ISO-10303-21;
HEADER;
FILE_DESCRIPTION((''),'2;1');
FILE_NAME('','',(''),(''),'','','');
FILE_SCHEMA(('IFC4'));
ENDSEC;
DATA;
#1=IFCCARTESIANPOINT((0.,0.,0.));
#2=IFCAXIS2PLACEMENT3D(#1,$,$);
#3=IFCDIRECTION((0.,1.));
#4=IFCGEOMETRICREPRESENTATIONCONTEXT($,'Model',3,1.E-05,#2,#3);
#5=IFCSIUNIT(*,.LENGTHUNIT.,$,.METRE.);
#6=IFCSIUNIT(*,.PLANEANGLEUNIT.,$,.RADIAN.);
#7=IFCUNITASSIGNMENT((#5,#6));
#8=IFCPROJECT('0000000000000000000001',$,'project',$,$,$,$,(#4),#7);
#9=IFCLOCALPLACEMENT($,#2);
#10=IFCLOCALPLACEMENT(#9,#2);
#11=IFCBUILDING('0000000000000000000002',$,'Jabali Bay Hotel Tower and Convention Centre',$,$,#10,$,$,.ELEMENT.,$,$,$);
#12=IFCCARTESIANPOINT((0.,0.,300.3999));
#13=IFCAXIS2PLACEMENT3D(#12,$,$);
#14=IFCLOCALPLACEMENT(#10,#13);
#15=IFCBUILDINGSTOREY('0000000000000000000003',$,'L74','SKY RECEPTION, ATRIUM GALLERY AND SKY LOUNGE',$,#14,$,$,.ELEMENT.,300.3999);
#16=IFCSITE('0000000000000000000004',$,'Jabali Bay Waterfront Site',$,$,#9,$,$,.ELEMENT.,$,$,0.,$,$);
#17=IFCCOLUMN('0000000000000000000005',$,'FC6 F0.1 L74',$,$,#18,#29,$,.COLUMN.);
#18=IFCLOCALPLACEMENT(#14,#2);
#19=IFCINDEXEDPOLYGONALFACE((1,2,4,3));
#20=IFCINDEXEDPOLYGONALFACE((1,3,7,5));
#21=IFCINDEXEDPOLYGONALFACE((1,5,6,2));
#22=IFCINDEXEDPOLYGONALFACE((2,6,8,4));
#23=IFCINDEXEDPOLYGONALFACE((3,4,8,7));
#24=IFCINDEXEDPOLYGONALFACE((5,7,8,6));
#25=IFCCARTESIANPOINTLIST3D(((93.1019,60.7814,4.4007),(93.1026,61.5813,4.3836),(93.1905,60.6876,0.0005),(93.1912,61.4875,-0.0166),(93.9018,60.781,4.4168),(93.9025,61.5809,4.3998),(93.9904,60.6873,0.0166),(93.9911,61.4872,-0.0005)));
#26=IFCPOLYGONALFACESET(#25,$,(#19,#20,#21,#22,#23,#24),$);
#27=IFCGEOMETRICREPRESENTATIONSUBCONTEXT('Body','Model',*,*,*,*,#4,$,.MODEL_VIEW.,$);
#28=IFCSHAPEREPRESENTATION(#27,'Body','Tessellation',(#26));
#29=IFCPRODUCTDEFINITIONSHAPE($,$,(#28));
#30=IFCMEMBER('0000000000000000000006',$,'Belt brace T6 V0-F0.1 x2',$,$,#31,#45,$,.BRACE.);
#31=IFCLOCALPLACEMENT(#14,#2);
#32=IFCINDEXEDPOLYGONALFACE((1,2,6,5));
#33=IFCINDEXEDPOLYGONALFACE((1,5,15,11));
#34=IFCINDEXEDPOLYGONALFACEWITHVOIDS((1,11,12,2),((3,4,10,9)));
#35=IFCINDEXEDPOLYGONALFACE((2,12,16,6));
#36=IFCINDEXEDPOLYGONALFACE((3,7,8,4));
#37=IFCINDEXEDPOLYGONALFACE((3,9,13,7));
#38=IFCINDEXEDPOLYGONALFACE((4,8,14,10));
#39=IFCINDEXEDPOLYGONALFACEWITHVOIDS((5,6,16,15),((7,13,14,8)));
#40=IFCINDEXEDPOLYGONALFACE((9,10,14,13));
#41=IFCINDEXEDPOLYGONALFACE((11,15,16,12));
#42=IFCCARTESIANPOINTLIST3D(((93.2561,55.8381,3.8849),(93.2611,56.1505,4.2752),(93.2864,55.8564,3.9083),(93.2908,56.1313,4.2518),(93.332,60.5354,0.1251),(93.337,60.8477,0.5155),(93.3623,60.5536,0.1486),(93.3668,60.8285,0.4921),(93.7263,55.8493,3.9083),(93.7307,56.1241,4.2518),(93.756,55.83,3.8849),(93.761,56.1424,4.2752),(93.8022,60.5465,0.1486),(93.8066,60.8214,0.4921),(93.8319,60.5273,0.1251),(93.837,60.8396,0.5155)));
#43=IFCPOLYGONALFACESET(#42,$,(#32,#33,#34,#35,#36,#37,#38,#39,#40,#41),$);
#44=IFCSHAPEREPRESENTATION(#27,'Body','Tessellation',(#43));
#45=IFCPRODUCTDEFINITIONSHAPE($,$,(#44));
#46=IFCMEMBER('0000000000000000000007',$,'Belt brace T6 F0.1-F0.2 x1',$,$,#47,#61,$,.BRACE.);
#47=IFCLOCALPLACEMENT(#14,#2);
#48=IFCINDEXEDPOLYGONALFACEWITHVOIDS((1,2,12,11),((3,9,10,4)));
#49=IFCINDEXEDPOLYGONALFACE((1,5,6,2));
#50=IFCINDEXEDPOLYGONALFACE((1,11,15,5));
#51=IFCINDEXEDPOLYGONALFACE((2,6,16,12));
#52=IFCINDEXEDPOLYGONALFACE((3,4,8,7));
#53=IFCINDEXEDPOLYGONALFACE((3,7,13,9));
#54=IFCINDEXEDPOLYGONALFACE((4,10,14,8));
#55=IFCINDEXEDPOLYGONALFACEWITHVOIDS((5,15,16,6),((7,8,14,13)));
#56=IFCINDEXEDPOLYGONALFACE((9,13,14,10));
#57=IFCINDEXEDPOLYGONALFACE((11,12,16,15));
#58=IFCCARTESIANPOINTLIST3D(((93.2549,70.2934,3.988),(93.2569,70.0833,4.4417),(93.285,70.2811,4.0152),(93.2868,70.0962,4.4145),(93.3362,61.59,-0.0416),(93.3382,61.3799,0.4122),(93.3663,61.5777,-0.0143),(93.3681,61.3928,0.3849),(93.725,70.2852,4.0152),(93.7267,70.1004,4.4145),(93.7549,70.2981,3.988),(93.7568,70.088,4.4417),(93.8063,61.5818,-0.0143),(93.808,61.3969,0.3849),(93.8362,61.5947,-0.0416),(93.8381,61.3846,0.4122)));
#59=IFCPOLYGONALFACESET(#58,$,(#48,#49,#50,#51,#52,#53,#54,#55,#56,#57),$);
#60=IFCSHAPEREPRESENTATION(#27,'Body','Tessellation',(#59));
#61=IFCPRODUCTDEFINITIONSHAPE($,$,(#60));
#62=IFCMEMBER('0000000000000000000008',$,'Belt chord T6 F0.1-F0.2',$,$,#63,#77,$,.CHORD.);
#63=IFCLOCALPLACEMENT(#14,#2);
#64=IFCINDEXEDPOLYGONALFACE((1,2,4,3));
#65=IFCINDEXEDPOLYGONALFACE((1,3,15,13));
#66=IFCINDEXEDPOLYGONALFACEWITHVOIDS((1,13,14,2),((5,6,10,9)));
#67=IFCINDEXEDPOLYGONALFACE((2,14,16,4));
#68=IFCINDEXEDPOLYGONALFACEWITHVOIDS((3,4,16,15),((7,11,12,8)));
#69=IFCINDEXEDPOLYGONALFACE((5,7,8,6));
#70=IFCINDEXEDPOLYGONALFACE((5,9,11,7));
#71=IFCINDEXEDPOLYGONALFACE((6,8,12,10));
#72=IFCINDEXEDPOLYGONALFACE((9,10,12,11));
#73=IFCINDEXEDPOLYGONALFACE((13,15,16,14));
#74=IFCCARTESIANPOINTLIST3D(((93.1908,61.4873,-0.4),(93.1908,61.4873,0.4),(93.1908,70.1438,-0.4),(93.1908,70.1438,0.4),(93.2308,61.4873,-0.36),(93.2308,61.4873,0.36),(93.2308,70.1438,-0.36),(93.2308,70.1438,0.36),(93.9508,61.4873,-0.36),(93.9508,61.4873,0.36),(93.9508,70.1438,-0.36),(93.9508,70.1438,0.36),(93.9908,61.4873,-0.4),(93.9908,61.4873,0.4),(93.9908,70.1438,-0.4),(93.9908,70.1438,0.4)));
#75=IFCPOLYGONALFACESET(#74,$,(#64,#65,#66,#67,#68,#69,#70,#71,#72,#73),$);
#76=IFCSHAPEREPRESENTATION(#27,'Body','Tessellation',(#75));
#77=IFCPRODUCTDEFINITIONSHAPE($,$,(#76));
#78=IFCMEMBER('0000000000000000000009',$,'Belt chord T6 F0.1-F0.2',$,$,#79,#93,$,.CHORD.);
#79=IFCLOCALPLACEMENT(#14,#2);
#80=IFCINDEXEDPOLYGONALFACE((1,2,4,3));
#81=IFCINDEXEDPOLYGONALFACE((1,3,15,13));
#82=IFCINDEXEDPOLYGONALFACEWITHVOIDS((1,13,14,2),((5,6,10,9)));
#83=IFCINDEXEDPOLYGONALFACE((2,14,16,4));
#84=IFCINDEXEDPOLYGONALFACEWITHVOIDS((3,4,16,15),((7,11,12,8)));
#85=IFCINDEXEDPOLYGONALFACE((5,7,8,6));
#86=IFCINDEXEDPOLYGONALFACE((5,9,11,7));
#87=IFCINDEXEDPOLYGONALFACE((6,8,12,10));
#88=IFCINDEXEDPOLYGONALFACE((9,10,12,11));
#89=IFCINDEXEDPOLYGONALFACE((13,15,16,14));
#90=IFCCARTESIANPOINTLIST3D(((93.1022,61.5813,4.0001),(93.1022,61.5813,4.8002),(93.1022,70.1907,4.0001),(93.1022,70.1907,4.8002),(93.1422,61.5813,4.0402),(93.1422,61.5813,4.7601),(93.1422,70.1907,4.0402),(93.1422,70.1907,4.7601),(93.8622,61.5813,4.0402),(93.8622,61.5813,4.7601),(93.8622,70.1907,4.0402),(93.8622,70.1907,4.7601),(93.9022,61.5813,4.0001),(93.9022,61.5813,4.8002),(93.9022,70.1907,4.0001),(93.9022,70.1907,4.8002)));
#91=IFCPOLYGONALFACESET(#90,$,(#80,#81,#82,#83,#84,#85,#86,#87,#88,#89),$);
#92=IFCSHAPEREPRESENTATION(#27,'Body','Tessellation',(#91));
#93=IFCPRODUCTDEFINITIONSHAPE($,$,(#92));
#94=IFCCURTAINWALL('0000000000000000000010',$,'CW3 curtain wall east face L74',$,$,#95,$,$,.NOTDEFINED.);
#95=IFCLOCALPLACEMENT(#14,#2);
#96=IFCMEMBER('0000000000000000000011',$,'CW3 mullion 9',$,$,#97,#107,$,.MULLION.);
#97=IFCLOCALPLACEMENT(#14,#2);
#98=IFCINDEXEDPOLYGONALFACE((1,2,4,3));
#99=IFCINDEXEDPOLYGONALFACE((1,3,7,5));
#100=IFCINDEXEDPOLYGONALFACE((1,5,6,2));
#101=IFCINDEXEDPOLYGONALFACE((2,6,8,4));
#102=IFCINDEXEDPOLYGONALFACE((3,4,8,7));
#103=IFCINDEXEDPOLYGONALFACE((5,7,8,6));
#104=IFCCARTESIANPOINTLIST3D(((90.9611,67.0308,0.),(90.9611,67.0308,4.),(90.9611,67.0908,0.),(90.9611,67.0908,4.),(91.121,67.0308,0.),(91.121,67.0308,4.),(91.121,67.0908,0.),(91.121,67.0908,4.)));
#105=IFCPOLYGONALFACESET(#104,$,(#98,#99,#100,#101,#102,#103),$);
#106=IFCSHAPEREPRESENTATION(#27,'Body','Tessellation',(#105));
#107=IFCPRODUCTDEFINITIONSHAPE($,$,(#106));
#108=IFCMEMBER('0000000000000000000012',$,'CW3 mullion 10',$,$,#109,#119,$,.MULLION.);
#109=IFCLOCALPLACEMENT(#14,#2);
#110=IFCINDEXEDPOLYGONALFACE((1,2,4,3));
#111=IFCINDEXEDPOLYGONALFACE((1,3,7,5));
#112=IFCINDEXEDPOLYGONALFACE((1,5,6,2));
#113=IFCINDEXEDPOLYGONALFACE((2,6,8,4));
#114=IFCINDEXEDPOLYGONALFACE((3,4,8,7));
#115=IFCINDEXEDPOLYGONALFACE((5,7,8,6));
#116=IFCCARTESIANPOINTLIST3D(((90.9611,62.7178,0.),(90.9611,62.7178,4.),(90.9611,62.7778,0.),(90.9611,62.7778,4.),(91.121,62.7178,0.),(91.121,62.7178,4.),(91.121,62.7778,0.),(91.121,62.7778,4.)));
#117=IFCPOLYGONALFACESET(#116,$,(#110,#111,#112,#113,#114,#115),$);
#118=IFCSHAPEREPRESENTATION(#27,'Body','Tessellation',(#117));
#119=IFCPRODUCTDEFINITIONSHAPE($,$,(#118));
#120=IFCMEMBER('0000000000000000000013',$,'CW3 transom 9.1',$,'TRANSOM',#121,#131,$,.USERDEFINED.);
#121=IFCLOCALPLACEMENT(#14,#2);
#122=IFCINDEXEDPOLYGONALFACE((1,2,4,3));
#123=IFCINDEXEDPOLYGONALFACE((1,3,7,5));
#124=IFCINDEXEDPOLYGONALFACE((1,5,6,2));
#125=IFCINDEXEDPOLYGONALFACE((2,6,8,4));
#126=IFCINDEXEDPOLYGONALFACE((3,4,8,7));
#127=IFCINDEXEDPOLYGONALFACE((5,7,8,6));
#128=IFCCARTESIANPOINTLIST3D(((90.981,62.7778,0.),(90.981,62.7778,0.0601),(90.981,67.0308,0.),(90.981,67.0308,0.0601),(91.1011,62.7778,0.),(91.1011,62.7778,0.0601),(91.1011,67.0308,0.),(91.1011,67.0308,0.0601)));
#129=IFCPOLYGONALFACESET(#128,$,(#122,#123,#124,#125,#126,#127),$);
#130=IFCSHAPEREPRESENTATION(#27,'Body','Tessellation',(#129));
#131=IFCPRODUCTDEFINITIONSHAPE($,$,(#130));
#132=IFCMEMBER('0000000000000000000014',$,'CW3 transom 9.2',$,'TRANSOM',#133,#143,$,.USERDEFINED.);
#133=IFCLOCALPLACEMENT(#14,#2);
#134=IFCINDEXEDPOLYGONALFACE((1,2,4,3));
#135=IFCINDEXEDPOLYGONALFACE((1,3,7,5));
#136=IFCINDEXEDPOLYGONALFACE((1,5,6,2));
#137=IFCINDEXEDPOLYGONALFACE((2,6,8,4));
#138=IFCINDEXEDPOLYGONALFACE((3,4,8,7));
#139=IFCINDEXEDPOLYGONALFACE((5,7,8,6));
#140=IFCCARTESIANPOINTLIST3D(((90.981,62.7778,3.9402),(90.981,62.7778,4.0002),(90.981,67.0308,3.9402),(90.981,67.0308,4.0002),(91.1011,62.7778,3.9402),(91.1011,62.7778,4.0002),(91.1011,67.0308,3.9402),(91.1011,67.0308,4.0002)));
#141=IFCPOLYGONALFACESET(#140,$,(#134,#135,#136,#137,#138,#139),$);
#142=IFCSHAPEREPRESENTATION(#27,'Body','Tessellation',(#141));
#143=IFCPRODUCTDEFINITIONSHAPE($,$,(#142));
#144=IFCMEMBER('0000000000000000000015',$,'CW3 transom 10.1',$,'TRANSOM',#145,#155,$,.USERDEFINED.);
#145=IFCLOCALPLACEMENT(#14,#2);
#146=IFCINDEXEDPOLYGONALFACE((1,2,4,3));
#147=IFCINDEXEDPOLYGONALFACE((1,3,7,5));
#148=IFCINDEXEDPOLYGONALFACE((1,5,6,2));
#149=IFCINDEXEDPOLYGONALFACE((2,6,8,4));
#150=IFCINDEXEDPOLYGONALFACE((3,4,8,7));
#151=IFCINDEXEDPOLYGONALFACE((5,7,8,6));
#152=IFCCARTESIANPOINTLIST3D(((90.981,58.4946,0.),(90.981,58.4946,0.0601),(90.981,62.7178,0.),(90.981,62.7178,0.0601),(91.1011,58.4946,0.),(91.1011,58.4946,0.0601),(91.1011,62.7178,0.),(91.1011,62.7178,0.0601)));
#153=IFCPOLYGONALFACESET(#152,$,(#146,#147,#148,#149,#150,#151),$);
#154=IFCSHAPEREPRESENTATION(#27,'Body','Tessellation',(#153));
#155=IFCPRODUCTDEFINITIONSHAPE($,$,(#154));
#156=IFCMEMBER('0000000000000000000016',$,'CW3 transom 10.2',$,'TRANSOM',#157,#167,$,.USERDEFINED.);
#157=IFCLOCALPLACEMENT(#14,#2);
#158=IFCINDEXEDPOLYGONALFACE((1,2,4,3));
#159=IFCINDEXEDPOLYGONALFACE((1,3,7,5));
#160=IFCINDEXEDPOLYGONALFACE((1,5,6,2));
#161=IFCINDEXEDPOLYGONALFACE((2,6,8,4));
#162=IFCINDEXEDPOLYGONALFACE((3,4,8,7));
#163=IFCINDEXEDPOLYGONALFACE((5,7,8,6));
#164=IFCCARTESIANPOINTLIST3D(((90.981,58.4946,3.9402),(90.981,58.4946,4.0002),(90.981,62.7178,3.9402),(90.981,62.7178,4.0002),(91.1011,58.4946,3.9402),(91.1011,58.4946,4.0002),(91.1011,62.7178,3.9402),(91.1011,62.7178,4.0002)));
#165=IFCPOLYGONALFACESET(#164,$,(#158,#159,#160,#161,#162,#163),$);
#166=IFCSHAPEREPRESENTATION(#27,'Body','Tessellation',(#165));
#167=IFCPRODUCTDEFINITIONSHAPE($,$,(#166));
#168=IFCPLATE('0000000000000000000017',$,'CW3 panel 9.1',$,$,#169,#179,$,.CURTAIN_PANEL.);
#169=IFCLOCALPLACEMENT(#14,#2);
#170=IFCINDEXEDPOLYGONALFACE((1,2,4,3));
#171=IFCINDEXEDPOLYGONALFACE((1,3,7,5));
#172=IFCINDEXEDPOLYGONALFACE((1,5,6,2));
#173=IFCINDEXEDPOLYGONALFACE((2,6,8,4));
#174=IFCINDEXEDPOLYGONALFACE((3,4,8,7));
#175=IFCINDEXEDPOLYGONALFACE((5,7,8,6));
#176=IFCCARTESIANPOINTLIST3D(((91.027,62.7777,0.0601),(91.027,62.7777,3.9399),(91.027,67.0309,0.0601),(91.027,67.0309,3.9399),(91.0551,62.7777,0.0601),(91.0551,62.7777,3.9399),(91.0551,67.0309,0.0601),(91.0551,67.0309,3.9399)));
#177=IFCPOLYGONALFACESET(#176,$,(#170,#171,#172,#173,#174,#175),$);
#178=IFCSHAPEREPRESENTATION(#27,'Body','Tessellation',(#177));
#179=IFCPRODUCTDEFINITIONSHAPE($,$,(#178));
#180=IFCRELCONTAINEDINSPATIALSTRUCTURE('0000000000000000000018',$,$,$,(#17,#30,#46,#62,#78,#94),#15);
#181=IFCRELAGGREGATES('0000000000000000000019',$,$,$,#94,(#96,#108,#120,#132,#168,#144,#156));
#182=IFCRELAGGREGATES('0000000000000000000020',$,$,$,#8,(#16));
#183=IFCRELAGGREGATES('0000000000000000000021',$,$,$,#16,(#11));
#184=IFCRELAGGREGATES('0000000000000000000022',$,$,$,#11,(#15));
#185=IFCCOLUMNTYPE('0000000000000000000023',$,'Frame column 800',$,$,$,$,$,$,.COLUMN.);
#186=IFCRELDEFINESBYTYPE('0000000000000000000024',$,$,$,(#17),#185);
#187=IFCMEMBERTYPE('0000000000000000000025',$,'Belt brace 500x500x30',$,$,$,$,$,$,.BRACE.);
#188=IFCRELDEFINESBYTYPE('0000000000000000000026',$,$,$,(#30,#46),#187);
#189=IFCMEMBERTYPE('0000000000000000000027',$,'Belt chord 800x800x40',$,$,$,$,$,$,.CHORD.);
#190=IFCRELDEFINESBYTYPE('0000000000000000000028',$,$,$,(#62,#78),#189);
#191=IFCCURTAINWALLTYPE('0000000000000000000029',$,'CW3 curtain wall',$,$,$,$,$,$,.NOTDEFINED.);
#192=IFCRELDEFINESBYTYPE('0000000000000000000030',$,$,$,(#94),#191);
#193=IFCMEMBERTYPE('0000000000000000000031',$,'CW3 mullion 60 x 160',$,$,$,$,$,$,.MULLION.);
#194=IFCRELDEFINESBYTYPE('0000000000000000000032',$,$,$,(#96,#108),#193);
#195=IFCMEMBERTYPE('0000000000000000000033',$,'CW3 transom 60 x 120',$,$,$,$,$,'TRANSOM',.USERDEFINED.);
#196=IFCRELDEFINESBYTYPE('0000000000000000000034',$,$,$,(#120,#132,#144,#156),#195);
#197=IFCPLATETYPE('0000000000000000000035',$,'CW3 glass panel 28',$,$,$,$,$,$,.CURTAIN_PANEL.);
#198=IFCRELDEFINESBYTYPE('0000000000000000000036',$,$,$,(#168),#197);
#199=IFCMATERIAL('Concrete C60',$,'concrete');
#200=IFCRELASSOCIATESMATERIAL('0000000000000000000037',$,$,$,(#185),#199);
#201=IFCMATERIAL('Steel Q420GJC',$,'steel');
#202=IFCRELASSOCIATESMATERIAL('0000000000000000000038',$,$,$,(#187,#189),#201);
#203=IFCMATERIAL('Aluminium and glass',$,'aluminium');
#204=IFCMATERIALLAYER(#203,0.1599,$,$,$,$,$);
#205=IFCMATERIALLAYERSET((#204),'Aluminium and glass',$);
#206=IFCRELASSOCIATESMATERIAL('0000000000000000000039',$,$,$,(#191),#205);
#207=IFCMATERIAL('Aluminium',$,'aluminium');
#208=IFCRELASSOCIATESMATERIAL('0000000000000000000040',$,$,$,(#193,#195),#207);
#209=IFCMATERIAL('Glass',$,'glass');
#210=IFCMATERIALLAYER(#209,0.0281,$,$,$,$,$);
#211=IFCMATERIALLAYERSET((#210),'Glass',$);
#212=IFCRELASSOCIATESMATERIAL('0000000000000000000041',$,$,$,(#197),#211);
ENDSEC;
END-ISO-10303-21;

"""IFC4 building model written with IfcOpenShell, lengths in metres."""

from ifc_helpers import new_model, si_unit, direction, frame, origin, origin_2d, place, context, subcontext, project, spatial, rectangle, hollow_rectangle, extrude, material, layer, layer_set, material_profile, profile_set, type_object, element, aggregate, save


model = new_model("IFC4")

# Units and contexts
model_context = context("Model", 3, precision=1e-05, world=origin(), true_north=direction((0.0, 1.0)))
body_context = subcontext(model_context, "Body", "Model", "MODEL_VIEW")
ifc_project = project(units=[si_unit("LENGTHUNIT", "METRE"), si_unit("PLANEANGLEUNIT", "RADIAN")], contexts=[model_context])

# Site, building, storey
site_placement = place(None, origin())
site = spatial("IfcSite", under=ifc_project, at=site_placement, Name="Jabali Bay Waterfront Site", CompositionType="ELEMENT", RefElevation=0.0)
building_placement = place(site_placement, origin())
building = spatial("IfcBuilding", under=site, at=building_placement, Name="Jabali Bay Hotel Tower and Convention Centre", CompositionType="ELEMENT")
storey_placement = place(building_placement, frame((0.0, 0.0, 300.3999)))
storey = spatial("IfcBuildingStorey", under=building, at=storey_placement, Name="L74", Description="SKY RECEPTION, ATRIUM GALLERY AND SKY LOUNGE", CompositionType="ELEMENT", Elevation=300.3999)

# Column
ifc_material_1 = material(Name="Concrete C60", Category="concrete")
ifc_material_profile_1 = material_profile(ifc_material_1, rectangle(XDim=0.8, YDim=0.8, at=origin_2d()), Name="Frame column 800")
ifc_profile_set_1 = profile_set([ifc_material_profile_1], Name="Concrete C60")
column_type = type_object("IfcColumnType", Name="Frame column 800", PredefinedType="COLUMN", material=ifc_profile_set_1)
column_placement = place(storey_placement, frame((93.5908, 61.0874, 0.0), z_axis=(-0.020132, 0.021297, 0.99957), x_axis=(-0.000858, -0.999773, 0.021284)))
element("IfcColumn", 1, at=column_placement, inside=storey, type_object=column_type, Name="FC6 F0.1 L74", PredefinedType="COLUMN", context=body_context, shape_type="SweptSolid", body=[
    extrude(rectangle(XDim=0.8, YDim=0.8, at=origin_2d()), origin(), (0.0, 0.0, 1.0), 4.4021),
])

# Members
ifc_material_2 = material(Name="Steel Q420GJC", Category="steel")
ifc_material_profile_2 = material_profile(ifc_material_2, hollow_rectangle(XDim=0.5, YDim=0.5, WallThickness=0.03, at=origin_2d()), Name="Belt brace 500x500x30")
ifc_profile_set_2 = profile_set([ifc_material_profile_2], Name="Steel Q420GJC")
member_type_1 = type_object("IfcMemberType", Name="Belt brace 500x500x30", PredefinedType="BRACE", material=ifc_profile_set_2)
member_1_placement = place(storey_placement, frame((93.5845, 60.6875, 0.3203), z_axis=(-0.012619, -0.780648, 0.624843), x_axis=(0.999869, -0.016162, 0.0)))
element("IfcMember", 2, at=member_1_placement, inside=storey, type_object=member_type_1, Name="Belt brace T6 V0-F0.1 x2", PredefinedType="BRACE", context=body_context, shape_type="SweptSolid", body=[
    extrude(hollow_rectangle(XDim=0.5, YDim=0.5, WallThickness=0.03, at=origin_2d()), origin(), (0.0, 0.0, 1.0), 6.0171),
])
member_2_placement = place(storey_placement, frame((93.5872, 61.4873, 0.1853), z_axis=(-0.008476, 0.907426, 0.420126), x_axis=(-0.999956, -0.009341, 0.0)))
element("IfcMember", 3, at=member_2_placement, inside=storey, type_object=member_type_1, Name="Belt brace T6 F0.1-F0.2 x1", PredefinedType="BRACE", context=body_context, shape_type="SweptSolid", body=[
    extrude(hollow_rectangle(XDim=0.5, YDim=0.5, WallThickness=0.03, at=origin_2d()), origin(), (0.0, 0.0, 1.0), 9.5913),
])
ifc_material_profile_3 = material_profile(ifc_material_2, hollow_rectangle(XDim=0.8, YDim=0.8, WallThickness=0.04, at=origin_2d()), Name="Belt chord 800x800x40")
ifc_profile_set_3 = profile_set([ifc_material_profile_3], Name="Steel Q420GJC")
member_type_2 = type_object("IfcMemberType", Name="Belt chord 800x800x40", PredefinedType="CHORD", material=ifc_profile_set_3)
member_3_placement = place(storey_placement, frame((93.5908, 61.4873, 0.0), z_axis=(0.0, 1.0, 0.0), x_axis=(-1.0, 0.0, 0.0)))
element("IfcMember", 4, at=member_3_placement, inside=storey, type_object=member_type_2, Name="Belt chord T6 F0.1-F0.2", PredefinedType="CHORD", context=body_context, shape_type="SweptSolid", body=[
    extrude(hollow_rectangle(XDim=0.8, YDim=0.8, WallThickness=0.04, at=origin_2d()), origin(), (0.0, 0.0, 1.0), 8.6565),
])
member_4_placement = place(storey_placement, frame((93.5022, 61.5813, 4.4001), z_axis=(0.0, 1.0, 0.0), x_axis=(-1.0, 0.0, 0.0)))
element("IfcMember", 5, at=member_4_placement, inside=storey, type_object=member_type_2, Name="Belt chord T6 F0.1-F0.2", PredefinedType="CHORD", context=body_context, shape_type="SweptSolid", body=[
    extrude(hollow_rectangle(XDim=0.8, YDim=0.8, WallThickness=0.04, at=origin_2d()), origin(), (0.0, 0.0, 1.0), 8.6094),
])

# Curtain wall, members, plate
ifc_material_3 = material(Name="Aluminium and glass", Category="aluminium")
ifc_layer_1 = layer(ifc_material_3, 0.1599)
ifc_layer_set_1 = layer_set([ifc_layer_1], Name="Aluminium and glass")
curtain_wall_type = type_object("IfcCurtainWallType", Name="CW3 curtain wall", PredefinedType="NOTDEFINED", material=ifc_layer_set_1)
curtain_wall_placement = place(storey_placement, origin())
curtain_wall = element("IfcCurtainWall", 6, at=curtain_wall_placement, inside=storey, type_object=curtain_wall_type, Name="CW3 curtain wall east face L74", PredefinedType="NOTDEFINED")
ifc_material_4 = material(Name="Aluminium", Category="aluminium")
ifc_material_profile_4 = material_profile(ifc_material_4, rectangle(XDim=0.1599, YDim=0.0601, at=origin_2d()), Name="CW3 mullion 60 x 160")
ifc_profile_set_4 = profile_set([ifc_material_profile_4], Name="Aluminium")
member_type_3 = type_object("IfcMemberType", Name="CW3 mullion 60 x 160", PredefinedType="MULLION", material=ifc_profile_set_4)
member_5_placement = place(storey_placement, frame((91.041, 67.0608, 0.0), z_axis=(0.0, 0.0, 1.0), x_axis=(1.0, 0.0, 0.0)))
member_5 = element("IfcMember", 7, at=member_5_placement, type_object=member_type_3, Name="CW3 mullion 9", PredefinedType="MULLION", context=body_context, shape_type="SweptSolid", body=[
    extrude(rectangle(XDim=0.1599, YDim=0.0601, at=origin_2d()), origin(), (0.0, 0.0, 1.0), 4.0),
])
member_6_placement = place(storey_placement, frame((91.041, 62.7478, 0.0), z_axis=(0.0, 0.0, 1.0), x_axis=(1.0, 0.0, 0.0)))
member_6 = element("IfcMember", 8, at=member_6_placement, type_object=member_type_3, Name="CW3 mullion 10", PredefinedType="MULLION", context=body_context, shape_type="SweptSolid", body=[
    extrude(rectangle(XDim=0.1599, YDim=0.0601, at=origin_2d()), origin(), (0.0, 0.0, 1.0), 4.0),
])
ifc_material_profile_5 = material_profile(ifc_material_4, rectangle(XDim=0.1201, YDim=0.0601, at=origin_2d()), Name="CW3 transom 60 x 120")
ifc_profile_set_5 = profile_set([ifc_material_profile_5], Name="Aluminium")
member_type_4 = type_object("IfcMemberType", Name="CW3 transom 60 x 120", ElementType="TRANSOM", PredefinedType="USERDEFINED", material=ifc_profile_set_5)
member_7_placement = place(storey_placement, frame((91.041, 67.0308, 0.03), z_axis=(0.0, -1.0, 0.0), x_axis=(1.0, 0.0, 0.0)))
member_7 = element("IfcMember", 9, at=member_7_placement, type_object=member_type_4, Name="CW3 transom 9.1", ObjectType="TRANSOM", PredefinedType="USERDEFINED", context=body_context, shape_type="SweptSolid", body=[
    extrude(rectangle(XDim=0.1201, YDim=0.0601, at=origin_2d()), origin(), (0.0, 0.0, 1.0), 4.2529),
])
member_8_placement = place(storey_placement, frame((91.041, 67.0308, 3.9702), z_axis=(0.0, -1.0, 0.0), x_axis=(1.0, 0.0, 0.0)))
member_8 = element("IfcMember", 10, at=member_8_placement, type_object=member_type_4, Name="CW3 transom 9.2", ObjectType="TRANSOM", PredefinedType="USERDEFINED", context=body_context, shape_type="SweptSolid", body=[
    extrude(rectangle(XDim=0.1201, YDim=0.0601, at=origin_2d()), origin(), (0.0, 0.0, 1.0), 4.2529),
])
member_9_placement = place(storey_placement, frame((91.041, 62.7178, 0.03), z_axis=(0.0, -1.0, 0.0), x_axis=(1.0, 0.0, 0.0)))
member_9 = element("IfcMember", 11, at=member_9_placement, type_object=member_type_4, Name="CW3 transom 10.1", ObjectType="TRANSOM", PredefinedType="USERDEFINED", context=body_context, shape_type="SweptSolid", body=[
    extrude(rectangle(XDim=0.1201, YDim=0.0601, at=origin_2d()), origin(), (0.0, 0.0, 1.0), 4.2231),
])
member_10_placement = place(storey_placement, frame((91.041, 62.7178, 3.9702), z_axis=(0.0, -1.0, 0.0), x_axis=(1.0, 0.0, 0.0)))
member_10 = element("IfcMember", 12, at=member_10_placement, type_object=member_type_4, Name="CW3 transom 10.2", ObjectType="TRANSOM", PredefinedType="USERDEFINED", context=body_context, shape_type="SweptSolid", body=[
    extrude(rectangle(XDim=0.1201, YDim=0.0601, at=origin_2d()), origin(), (0.0, 0.0, 1.0), 4.2231),
])
ifc_material_5 = material(Name="Glass", Category="glass")
ifc_layer_2 = layer(ifc_material_5, 0.0281)
ifc_layer_set_2 = layer_set([ifc_layer_2], Name="Glass")
plate_type = type_object("IfcPlateType", Name="CW3 glass panel 28", PredefinedType="CURTAIN_PANEL", material=ifc_layer_set_2)
plate_1_placement = place(storey_placement, frame((91.041, 64.9043, 0.0601), z_axis=(0.0, 0.0, 1.0), x_axis=(0.0, -1.0, 0.0)))
plate_1 = element("IfcPlate", 13, at=plate_1_placement, type_object=plate_type, Name="CW3 panel 9.1", PredefinedType="CURTAIN_PANEL", context=body_context, shape_type="SweptSolid", body=[
    extrude(rectangle(XDim=4.2532, YDim=0.0281, at=origin_2d()), origin(), (0.0, 0.0, 1.0), 3.8799),
])
aggregate(curtain_wall, [member_5, member_6, member_7, member_8, plate_1, member_9, member_10])

save(model, "model.ifc")
